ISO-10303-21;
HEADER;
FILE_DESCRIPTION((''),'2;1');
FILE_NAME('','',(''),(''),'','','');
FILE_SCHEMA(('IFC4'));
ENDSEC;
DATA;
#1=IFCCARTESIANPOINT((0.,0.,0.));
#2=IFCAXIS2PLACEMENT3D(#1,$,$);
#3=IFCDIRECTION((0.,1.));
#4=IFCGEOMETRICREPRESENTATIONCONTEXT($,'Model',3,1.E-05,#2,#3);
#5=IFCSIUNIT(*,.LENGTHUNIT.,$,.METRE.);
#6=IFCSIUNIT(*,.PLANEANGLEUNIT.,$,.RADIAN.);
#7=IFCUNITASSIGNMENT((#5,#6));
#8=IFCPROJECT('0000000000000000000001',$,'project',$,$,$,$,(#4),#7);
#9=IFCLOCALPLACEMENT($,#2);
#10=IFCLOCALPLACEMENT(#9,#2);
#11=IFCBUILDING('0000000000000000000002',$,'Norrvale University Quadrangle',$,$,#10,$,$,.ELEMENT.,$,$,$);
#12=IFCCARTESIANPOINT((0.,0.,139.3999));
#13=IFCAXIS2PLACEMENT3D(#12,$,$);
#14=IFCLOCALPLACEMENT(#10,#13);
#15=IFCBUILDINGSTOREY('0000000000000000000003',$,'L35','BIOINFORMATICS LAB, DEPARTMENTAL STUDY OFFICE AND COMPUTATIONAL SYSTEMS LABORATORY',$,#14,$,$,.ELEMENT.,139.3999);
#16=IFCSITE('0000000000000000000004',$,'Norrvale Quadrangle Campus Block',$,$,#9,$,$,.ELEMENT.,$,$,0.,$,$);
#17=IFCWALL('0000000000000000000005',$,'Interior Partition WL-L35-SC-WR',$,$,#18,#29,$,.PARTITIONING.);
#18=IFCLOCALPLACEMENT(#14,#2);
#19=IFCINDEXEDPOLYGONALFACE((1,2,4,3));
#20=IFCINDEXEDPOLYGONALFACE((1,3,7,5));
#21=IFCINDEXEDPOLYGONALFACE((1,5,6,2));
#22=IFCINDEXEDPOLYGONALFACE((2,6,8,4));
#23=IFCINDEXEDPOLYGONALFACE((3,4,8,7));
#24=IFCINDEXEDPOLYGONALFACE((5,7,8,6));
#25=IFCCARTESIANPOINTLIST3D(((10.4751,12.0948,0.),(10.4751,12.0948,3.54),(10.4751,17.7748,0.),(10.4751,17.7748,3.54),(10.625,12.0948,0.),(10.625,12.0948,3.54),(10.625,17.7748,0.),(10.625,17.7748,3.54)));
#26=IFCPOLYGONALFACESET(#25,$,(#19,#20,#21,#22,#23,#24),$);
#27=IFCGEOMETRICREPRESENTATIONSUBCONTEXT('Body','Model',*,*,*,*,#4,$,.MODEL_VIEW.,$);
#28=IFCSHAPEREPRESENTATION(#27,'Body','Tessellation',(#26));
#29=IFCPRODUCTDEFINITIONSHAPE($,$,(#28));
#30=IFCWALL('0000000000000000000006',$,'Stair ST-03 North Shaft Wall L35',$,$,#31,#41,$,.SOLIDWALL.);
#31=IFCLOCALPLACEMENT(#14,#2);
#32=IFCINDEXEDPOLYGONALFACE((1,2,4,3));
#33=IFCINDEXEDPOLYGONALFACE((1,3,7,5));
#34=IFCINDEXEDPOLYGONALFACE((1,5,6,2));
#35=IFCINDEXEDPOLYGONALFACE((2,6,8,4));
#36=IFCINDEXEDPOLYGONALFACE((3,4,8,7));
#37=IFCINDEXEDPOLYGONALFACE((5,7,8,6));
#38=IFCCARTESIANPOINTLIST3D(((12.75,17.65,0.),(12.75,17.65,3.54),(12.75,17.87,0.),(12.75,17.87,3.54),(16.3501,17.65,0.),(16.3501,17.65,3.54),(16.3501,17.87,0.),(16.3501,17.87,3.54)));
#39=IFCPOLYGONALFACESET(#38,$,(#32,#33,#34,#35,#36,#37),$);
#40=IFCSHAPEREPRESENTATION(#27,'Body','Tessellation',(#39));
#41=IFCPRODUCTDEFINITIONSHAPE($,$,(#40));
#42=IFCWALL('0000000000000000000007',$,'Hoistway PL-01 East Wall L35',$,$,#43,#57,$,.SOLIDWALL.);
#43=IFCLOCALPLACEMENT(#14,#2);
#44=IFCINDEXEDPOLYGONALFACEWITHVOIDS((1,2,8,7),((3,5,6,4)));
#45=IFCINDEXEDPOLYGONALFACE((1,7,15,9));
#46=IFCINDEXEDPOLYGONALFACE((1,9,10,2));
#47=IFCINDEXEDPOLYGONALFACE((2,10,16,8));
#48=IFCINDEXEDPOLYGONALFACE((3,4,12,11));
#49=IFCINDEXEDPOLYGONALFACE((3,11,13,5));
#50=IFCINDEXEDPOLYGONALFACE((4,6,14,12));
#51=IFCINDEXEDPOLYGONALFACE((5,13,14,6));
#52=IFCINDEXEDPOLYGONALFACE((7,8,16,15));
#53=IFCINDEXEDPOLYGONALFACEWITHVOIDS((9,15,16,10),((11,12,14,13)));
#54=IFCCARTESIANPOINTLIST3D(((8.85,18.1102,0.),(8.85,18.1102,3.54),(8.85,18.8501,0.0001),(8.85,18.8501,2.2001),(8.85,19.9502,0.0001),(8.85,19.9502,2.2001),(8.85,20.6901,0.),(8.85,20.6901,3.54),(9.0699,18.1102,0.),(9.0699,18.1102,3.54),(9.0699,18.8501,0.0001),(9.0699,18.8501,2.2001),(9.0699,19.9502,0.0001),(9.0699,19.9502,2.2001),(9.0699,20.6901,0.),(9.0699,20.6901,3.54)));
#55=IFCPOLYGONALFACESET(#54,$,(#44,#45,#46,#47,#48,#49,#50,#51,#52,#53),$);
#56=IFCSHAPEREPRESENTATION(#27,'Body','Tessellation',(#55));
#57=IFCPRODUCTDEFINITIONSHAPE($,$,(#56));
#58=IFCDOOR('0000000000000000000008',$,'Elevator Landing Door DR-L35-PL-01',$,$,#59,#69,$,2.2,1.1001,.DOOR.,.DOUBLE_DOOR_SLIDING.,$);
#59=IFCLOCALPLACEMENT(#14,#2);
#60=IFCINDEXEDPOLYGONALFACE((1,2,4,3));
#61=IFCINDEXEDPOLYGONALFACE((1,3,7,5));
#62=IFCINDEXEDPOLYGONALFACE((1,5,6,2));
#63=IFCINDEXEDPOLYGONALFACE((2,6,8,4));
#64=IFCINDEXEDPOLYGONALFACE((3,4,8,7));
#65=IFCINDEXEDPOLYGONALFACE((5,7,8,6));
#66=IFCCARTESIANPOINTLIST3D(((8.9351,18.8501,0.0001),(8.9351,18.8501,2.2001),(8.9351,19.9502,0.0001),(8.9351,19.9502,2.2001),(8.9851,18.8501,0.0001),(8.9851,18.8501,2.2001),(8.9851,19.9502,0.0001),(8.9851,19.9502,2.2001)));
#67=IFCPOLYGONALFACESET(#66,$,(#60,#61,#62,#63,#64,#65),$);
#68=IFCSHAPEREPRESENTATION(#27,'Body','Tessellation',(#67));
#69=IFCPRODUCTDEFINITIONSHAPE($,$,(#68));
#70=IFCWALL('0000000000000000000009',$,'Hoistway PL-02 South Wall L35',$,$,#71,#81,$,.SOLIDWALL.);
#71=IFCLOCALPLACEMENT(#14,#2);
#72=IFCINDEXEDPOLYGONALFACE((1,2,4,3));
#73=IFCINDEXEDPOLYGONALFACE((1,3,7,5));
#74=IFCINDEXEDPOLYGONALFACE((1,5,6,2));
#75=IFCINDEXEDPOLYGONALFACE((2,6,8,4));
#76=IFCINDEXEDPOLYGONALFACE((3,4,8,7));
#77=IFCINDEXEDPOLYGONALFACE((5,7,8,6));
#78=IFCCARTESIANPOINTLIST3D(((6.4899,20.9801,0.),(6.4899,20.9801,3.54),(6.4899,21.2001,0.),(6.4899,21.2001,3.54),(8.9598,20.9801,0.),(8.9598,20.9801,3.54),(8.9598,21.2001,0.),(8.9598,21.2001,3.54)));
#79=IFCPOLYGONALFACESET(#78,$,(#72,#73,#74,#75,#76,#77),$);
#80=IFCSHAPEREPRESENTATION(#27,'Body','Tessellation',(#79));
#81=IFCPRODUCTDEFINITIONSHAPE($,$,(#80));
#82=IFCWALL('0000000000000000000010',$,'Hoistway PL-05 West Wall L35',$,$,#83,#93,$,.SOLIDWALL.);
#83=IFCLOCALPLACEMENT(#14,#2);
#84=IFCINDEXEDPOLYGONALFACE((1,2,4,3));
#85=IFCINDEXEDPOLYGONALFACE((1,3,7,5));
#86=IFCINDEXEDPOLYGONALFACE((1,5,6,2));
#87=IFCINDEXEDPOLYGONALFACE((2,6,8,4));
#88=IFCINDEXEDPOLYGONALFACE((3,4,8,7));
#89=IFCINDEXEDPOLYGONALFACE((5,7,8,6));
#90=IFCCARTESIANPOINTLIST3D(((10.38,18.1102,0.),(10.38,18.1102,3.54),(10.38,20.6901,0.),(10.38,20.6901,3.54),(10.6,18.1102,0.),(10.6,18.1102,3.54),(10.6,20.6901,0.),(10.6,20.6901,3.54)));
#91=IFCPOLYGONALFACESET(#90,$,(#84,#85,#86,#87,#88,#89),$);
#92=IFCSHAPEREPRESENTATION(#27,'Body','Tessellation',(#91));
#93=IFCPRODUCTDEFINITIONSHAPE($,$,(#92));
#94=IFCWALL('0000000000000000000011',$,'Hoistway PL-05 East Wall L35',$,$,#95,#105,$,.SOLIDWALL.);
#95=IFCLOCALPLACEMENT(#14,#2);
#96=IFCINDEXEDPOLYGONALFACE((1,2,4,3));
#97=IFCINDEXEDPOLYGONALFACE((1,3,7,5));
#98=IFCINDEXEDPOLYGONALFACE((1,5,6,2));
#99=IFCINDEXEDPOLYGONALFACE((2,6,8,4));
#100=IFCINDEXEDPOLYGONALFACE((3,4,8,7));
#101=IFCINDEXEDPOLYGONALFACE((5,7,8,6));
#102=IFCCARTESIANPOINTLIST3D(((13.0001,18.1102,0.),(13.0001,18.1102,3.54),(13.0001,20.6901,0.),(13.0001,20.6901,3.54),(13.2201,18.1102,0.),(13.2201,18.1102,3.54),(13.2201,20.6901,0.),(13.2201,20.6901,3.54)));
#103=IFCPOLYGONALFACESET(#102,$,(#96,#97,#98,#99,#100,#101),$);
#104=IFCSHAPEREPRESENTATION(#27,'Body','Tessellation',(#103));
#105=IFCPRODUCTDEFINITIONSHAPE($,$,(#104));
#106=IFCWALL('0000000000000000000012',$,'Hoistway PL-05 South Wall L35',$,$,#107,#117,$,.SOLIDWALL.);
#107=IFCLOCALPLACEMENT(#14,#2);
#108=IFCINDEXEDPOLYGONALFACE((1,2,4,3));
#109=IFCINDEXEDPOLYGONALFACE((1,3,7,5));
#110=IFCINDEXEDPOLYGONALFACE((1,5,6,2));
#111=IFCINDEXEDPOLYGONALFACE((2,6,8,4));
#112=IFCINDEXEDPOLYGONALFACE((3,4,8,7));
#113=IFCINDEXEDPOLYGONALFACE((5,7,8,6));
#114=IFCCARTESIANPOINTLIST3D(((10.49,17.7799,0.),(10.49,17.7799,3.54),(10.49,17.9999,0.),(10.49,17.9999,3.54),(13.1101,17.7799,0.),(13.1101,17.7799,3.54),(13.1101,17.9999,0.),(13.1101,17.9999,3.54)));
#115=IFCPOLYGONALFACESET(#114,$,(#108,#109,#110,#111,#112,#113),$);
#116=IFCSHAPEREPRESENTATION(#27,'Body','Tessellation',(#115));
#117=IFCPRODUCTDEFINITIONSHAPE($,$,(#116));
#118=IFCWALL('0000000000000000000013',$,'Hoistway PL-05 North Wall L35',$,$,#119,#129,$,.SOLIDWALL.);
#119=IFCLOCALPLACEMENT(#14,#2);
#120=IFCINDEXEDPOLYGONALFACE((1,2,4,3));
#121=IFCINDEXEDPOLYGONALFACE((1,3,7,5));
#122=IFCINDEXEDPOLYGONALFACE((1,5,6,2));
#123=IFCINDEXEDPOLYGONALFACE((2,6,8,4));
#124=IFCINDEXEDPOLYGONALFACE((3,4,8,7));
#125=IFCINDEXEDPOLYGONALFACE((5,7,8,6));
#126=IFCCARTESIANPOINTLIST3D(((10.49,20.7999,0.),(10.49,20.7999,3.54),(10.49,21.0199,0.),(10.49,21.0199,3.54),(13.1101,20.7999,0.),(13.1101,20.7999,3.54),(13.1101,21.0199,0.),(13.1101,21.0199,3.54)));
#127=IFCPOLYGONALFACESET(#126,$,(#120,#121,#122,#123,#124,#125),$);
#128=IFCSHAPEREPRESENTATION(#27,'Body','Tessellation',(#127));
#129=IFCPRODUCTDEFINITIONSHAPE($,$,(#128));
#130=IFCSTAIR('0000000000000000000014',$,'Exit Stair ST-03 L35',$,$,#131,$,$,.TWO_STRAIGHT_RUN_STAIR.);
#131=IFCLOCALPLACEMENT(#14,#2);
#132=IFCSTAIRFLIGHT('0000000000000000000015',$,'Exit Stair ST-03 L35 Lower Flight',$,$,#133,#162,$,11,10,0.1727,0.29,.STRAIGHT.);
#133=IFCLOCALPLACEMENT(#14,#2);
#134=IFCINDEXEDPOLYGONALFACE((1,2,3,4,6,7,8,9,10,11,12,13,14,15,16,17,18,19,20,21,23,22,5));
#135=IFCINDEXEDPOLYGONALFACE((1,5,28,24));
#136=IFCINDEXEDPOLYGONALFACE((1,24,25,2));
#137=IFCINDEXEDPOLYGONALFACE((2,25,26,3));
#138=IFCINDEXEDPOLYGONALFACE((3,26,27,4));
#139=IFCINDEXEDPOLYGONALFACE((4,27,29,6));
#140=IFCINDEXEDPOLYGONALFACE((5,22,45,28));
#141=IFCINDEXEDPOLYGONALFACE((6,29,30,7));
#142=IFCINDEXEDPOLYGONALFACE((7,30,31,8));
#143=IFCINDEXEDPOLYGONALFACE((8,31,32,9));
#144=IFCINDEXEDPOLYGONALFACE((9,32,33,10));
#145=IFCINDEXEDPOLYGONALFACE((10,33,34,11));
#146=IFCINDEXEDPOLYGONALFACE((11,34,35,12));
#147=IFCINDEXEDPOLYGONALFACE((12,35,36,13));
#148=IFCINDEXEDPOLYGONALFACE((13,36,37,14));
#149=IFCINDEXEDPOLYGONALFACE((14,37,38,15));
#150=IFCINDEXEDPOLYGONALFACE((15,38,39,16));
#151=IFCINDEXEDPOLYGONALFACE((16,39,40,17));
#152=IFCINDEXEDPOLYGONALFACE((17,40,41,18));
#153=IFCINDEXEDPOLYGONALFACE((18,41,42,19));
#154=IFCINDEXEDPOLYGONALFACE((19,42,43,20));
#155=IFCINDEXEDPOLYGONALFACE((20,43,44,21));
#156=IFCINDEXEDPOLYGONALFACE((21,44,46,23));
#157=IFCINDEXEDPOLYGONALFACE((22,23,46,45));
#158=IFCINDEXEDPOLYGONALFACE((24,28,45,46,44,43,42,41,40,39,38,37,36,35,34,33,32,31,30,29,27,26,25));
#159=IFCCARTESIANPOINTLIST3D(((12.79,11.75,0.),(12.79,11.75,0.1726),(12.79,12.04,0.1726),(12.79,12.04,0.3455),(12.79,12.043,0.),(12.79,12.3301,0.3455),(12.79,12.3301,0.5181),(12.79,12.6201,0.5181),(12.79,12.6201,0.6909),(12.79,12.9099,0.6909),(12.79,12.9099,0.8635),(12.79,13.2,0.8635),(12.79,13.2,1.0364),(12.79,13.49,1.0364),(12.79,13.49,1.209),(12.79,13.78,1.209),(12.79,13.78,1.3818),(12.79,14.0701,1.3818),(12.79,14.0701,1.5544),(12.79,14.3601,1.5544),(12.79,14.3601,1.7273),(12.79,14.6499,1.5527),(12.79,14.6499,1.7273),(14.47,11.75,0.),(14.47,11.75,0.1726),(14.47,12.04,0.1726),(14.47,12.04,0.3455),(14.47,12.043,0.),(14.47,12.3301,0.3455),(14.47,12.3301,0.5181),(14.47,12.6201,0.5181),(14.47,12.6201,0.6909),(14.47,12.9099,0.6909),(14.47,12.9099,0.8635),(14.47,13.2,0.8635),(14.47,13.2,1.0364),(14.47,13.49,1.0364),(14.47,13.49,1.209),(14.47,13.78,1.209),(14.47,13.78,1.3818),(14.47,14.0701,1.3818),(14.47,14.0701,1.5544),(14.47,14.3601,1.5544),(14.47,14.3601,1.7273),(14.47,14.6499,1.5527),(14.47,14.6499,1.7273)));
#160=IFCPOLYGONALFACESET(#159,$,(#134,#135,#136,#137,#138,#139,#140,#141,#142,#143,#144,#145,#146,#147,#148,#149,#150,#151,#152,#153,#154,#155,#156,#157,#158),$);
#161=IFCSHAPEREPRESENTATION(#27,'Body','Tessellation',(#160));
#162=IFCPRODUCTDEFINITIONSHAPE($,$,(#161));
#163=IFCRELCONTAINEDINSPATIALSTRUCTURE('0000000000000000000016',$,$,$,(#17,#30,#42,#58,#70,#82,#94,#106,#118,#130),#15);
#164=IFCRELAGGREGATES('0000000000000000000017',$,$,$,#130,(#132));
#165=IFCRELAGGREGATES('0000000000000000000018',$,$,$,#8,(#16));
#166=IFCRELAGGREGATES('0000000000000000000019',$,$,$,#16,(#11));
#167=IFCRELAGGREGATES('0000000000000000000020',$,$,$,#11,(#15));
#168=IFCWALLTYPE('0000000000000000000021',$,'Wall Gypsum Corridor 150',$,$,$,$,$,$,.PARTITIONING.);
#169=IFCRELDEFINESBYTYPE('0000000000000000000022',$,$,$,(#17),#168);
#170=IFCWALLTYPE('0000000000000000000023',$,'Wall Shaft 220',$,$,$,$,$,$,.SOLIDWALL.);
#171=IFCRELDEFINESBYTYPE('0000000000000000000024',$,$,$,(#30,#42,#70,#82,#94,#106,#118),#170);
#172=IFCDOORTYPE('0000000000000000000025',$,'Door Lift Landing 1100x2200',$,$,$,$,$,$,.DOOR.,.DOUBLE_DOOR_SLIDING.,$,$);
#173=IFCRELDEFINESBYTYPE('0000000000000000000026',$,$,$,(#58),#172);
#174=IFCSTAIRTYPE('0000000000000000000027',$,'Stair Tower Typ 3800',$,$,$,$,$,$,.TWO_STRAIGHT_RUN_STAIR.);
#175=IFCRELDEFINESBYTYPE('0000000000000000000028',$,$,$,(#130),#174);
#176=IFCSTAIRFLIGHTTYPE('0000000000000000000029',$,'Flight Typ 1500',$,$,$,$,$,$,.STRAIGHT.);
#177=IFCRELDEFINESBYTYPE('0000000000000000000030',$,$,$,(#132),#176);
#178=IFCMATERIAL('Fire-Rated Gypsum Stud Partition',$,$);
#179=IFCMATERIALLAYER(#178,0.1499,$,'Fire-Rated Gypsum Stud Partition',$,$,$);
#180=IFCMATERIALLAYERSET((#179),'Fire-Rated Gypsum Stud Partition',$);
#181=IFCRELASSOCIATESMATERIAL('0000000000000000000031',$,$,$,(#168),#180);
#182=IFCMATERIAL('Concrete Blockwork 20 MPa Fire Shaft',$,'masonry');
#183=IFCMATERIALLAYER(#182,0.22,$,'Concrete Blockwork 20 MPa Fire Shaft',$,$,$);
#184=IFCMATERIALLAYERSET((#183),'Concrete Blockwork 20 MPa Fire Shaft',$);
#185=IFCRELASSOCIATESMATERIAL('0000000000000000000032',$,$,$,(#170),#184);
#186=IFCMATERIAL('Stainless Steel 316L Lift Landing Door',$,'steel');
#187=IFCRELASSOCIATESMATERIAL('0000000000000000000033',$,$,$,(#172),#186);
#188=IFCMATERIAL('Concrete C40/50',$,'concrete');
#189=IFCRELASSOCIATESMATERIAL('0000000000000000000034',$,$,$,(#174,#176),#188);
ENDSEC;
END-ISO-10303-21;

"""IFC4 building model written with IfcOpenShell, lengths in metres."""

from ifc_helpers import new_model, si_unit, direction, frame, frame_2d, origin, place, context, subcontext, project, spatial, polyline, rectangle, outline, extrude, material, layer, layer_set, type_object, element, fill, aggregate, save


model = new_model("IFC4")

# Units and contexts
model_context = context("Model", 3, precision=1e-05, world=origin(), true_north=direction((0.0, 1.0)))
body_context = subcontext(model_context, "Body", "Model", "MODEL_VIEW")
ifc_project = project(units=[si_unit("LENGTHUNIT", "METRE"), si_unit("PLANEANGLEUNIT", "RADIAN")], contexts=[model_context])

# Site, building, storey
site_placement = place(None, origin())
site = spatial("IfcSite", under=ifc_project, at=site_placement, Name="Norrvale Quadrangle Campus Block", CompositionType="ELEMENT", RefElevation=0.0)
building_placement = place(site_placement, origin())
building = spatial("IfcBuilding", under=site, at=building_placement, Name="Norrvale University Quadrangle", CompositionType="ELEMENT")
storey_placement = place(building_placement, frame((0.0, 0.0, 139.3999)))
storey = spatial("IfcBuildingStorey", under=building, at=storey_placement, Name="L35", Description="BIOINFORMATICS LAB, DEPARTMENTAL STUDY OFFICE AND COMPUTATIONAL SYSTEMS LABORATORY", CompositionType="ELEMENT", Elevation=139.3999)

# Shared definitions
ifc_material_1 = material(Name="Fire-Rated Gypsum Stud Partition")
ifc_layer_1 = layer(ifc_material_1, 0.1499, Name="Fire-Rated Gypsum Stud Partition")
ifc_layer_set_1 = layer_set([ifc_layer_1], Name="Fire-Rated Gypsum Stud Partition")
wall_type_1 = type_object("IfcWallType", Name="Wall Gypsum Corridor 150", PredefinedType="PARTITIONING", material=ifc_layer_set_1)

# Walls
for number, where, z_axis, x_axis, name in (
    (1, (10.55, 12.095, 0.0), (0.0, 0.0, 1.0), (0.0, 1.0, 0.0), "Interior Partition WL-L35-SC-WR"),
):
    element("IfcWall", number, at=place(storey_placement, frame(where, z_axis=z_axis, x_axis=x_axis)), inside=storey, type_object=wall_type_1, Name=name, PredefinedType="PARTITIONING", context=body_context, shape_type="SweptSolid", body=[
        extrude(rectangle(XDim=5.6799, YDim=0.1499, at=frame_2d((2.8398, 0.0))), origin(), (0.0, 0.0, 1.0), 3.54),
    ])
ifc_material_2 = material(Name="Concrete Blockwork 20 MPa Fire Shaft", Category="masonry")
ifc_layer_2 = layer(ifc_material_2, 0.22, Name="Concrete Blockwork 20 MPa Fire Shaft")
ifc_layer_set_2 = layer_set([ifc_layer_2], Name="Concrete Blockwork 20 MPa Fire Shaft")
wall_type_2 = type_object("IfcWallType", Name="Wall Shaft 220", PredefinedType="SOLIDWALL", material=ifc_layer_set_2)
wall_1_placement = place(storey_placement, frame((12.75, 17.76, 0.0), z_axis=(0.0, 0.0, 1.0), x_axis=(1.0, 0.0, 0.0)))
element("IfcWall", 2, at=wall_1_placement, inside=storey, type_object=wall_type_2, Name="Stair ST-03 North Shaft Wall L35", PredefinedType="SOLIDWALL", context=body_context, shape_type="SweptSolid", body=[
    extrude(rectangle(XDim=3.6001, YDim=0.22, at=frame_2d((1.8, 0.0))), origin(), (0.0, 0.0, 1.0), 3.54),
])

# Wall, opening, door
wall_2_placement = place(storey_placement, frame((8.96, 18.1101, 0.0), z_axis=(0.0, 0.0, 1.0), x_axis=(0.0, 1.0, 0.0)))
wall_2 = element("IfcWall", 3, at=wall_2_placement, inside=storey, type_object=wall_type_2, Name="Hoistway PL-01 East Wall L35", PredefinedType="SOLIDWALL", context=body_context, shape_type="SweptSolid", body=[
    extrude(rectangle(XDim=2.5798, YDim=0.22, at=frame_2d((1.29, 0.0))), origin(), (0.0, 0.0, 1.0), 3.54),
])
opening_1_placement = place(wall_2_placement, frame((0.74, 0.0, 0.0)))
opening_1 = element("IfcOpeningElement", 4, at=opening_1_placement, cuts=wall_2, PredefinedType="OPENING", context=body_context, shape_type="SweptSolid", body=[
    extrude(rectangle(XDim=1.1001, YDim=2.2, at=frame_2d((0.55, 1.1001))), frame((0.0, 0.1221, 0.0), z_axis=(0.0, -1.0, 0.0), x_axis=(1.0, 0.0, 0.0)), (0.0, 0.0, 1.0), 0.2439),
])
ifc_material_3 = material(Name="Stainless Steel 316L Lift Landing Door", Category="steel")
door_type_1 = type_object("IfcDoorType", Name="Door Lift Landing 1100x2200", OperationType="DOUBLE_DOOR_SLIDING", PredefinedType="DOOR", material=ifc_material_3)
door_1_placement = place(opening_1_placement, origin())
door_1 = element("IfcDoor", 5, at=door_1_placement, inside=storey, type_object=door_type_1, Name="Elevator Landing Door DR-L35-PL-01", OperationType="DOUBLE_DOOR_SLIDING", OverallHeight=2.2, OverallWidth=1.1001, PredefinedType="DOOR", context=body_context, shape_type="SweptSolid", body=[
    extrude(rectangle(XDim=1.1001, YDim=2.2, at=frame_2d((0.55, 1.1001))), frame((0.0, 0.0249, 0.0), z_axis=(0.0, -1.0, 0.0), x_axis=(1.0, 0.0, 0.0)), (0.0, 0.0, 1.0), 0.05),
])
fill(opening_1, door_1)

# Walls
wall_3_placement = place(storey_placement, frame((6.49, 21.0901, 0.0), z_axis=(0.0, 0.0, 1.0), x_axis=(1.0, 0.0, 0.0)))
element("IfcWall", 6, at=wall_3_placement, inside=storey, type_object=wall_type_2, Name="Hoistway PL-02 South Wall L35", PredefinedType="SOLIDWALL", context=body_context, shape_type="SweptSolid", body=[
    extrude(rectangle(XDim=2.47, YDim=0.22, at=frame_2d((1.2349, 0.0))), origin(), (0.0, 0.0, 1.0), 3.54),
])
for number, where, z_axis, x_axis, name in (
    (7, (10.49, 18.1101, 0.0), (0.0, 0.0, 1.0), (0.0, 1.0, 0.0), "Hoistway PL-05 West Wall L35"),
    (8, (13.1101, 18.1101, 0.0), (0.0, 0.0, 1.0), (0.0, 1.0, 0.0), "Hoistway PL-05 East Wall L35"),
):
    element("IfcWall", number, at=place(storey_placement, frame(where, z_axis=z_axis, x_axis=x_axis)), inside=storey, type_object=wall_type_2, Name=name, PredefinedType="SOLIDWALL", context=body_context, shape_type="SweptSolid", body=[
        extrude(rectangle(XDim=2.5798, YDim=0.22, at=frame_2d((1.29, 0.0))), origin(), (0.0, 0.0, 1.0), 3.54),
    ])
for number, where, z_axis, x_axis, name in (
    (9, (10.49, 17.8899, 0.0), (0.0, 0.0, 1.0), (1.0, 0.0, 0.0), "Hoistway PL-05 South Wall L35"),
    (10, (10.49, 20.9099, 0.0), (0.0, 0.0, 1.0), (1.0, 0.0, 0.0), "Hoistway PL-05 North Wall L35"),
):
    element("IfcWall", number, at=place(storey_placement, frame(where, z_axis=z_axis, x_axis=x_axis)), inside=storey, type_object=wall_type_2, Name=name, PredefinedType="SOLIDWALL", context=body_context, shape_type="SweptSolid", body=[
        extrude(rectangle(XDim=2.6201, YDim=0.22, at=frame_2d((1.3101, 0.0))), origin(), (0.0, 0.0, 1.0), 3.54),
    ])

# Stair, stair flight
ifc_material_4 = material(Name="Concrete C40/50", Category="concrete")
stair_type = type_object("IfcStairType", Name="Stair Tower Typ 3800", PredefinedType="TWO_STRAIGHT_RUN_STAIR", material=ifc_material_4)
stair_placement = place(storey_placement, origin())
stair = element("IfcStair", 11, at=stair_placement, inside=storey, type_object=stair_type, Name="Exit Stair ST-03 L35", PredefinedType="TWO_STRAIGHT_RUN_STAIR")
stair_flight_type = type_object("IfcStairFlightType", Name="Flight Typ 1500", PredefinedType="STRAIGHT", material=ifc_material_4)
stair_flight_1_placement = place(storey_placement, frame((13.6299, 11.75, 0.0), z_axis=(0.0, 0.0, 1.0), x_axis=(0.0, 1.0, 0.0)))
stair_flight_1 = element("IfcStairFlight", 12, at=stair_flight_1_placement, type_object=stair_flight_type, Name="Exit Stair ST-03 L35 Lower Flight", NumberOfRisers=11, NumberOfTreads=10, PredefinedType="STRAIGHT", RiserHeight=0.1727, TreadLength=0.29, context=body_context, shape_type="SweptSolid", body=[
    extrude(outline(polyline([(0.0, 0.0), (0.0, 0.1726), (0.29, 0.1726), (0.29, 0.3455), (0.5801, 0.3455), (0.5801, 0.5181), (0.8701, 0.5181), (0.8701, 0.6909), (1.1599, 0.6909), (1.1599, 0.8635), (1.45, 0.8635), (1.45, 1.0364), (1.74, 1.0364), (1.74, 1.209), (2.03, 1.209), (2.03, 1.3818), (2.3201, 1.3818), (2.3201, 1.5544), (2.6101, 1.5544), (2.6101, 1.7273), (2.8999, 1.7273), (2.8999, 1.8999), (2.8999, 1.5527), (0.293, 0.0), (0.0, 0.0)])), frame((0.0, 0.8398, 0.0), z_axis=(0.0, -1.0, 0.0), x_axis=(1.0, 0.0, 0.0)), (0.0, 0.0, 1.0), 1.6799),
])
aggregate(stair, [stair_flight_1])

save(model, "model.ifc")
